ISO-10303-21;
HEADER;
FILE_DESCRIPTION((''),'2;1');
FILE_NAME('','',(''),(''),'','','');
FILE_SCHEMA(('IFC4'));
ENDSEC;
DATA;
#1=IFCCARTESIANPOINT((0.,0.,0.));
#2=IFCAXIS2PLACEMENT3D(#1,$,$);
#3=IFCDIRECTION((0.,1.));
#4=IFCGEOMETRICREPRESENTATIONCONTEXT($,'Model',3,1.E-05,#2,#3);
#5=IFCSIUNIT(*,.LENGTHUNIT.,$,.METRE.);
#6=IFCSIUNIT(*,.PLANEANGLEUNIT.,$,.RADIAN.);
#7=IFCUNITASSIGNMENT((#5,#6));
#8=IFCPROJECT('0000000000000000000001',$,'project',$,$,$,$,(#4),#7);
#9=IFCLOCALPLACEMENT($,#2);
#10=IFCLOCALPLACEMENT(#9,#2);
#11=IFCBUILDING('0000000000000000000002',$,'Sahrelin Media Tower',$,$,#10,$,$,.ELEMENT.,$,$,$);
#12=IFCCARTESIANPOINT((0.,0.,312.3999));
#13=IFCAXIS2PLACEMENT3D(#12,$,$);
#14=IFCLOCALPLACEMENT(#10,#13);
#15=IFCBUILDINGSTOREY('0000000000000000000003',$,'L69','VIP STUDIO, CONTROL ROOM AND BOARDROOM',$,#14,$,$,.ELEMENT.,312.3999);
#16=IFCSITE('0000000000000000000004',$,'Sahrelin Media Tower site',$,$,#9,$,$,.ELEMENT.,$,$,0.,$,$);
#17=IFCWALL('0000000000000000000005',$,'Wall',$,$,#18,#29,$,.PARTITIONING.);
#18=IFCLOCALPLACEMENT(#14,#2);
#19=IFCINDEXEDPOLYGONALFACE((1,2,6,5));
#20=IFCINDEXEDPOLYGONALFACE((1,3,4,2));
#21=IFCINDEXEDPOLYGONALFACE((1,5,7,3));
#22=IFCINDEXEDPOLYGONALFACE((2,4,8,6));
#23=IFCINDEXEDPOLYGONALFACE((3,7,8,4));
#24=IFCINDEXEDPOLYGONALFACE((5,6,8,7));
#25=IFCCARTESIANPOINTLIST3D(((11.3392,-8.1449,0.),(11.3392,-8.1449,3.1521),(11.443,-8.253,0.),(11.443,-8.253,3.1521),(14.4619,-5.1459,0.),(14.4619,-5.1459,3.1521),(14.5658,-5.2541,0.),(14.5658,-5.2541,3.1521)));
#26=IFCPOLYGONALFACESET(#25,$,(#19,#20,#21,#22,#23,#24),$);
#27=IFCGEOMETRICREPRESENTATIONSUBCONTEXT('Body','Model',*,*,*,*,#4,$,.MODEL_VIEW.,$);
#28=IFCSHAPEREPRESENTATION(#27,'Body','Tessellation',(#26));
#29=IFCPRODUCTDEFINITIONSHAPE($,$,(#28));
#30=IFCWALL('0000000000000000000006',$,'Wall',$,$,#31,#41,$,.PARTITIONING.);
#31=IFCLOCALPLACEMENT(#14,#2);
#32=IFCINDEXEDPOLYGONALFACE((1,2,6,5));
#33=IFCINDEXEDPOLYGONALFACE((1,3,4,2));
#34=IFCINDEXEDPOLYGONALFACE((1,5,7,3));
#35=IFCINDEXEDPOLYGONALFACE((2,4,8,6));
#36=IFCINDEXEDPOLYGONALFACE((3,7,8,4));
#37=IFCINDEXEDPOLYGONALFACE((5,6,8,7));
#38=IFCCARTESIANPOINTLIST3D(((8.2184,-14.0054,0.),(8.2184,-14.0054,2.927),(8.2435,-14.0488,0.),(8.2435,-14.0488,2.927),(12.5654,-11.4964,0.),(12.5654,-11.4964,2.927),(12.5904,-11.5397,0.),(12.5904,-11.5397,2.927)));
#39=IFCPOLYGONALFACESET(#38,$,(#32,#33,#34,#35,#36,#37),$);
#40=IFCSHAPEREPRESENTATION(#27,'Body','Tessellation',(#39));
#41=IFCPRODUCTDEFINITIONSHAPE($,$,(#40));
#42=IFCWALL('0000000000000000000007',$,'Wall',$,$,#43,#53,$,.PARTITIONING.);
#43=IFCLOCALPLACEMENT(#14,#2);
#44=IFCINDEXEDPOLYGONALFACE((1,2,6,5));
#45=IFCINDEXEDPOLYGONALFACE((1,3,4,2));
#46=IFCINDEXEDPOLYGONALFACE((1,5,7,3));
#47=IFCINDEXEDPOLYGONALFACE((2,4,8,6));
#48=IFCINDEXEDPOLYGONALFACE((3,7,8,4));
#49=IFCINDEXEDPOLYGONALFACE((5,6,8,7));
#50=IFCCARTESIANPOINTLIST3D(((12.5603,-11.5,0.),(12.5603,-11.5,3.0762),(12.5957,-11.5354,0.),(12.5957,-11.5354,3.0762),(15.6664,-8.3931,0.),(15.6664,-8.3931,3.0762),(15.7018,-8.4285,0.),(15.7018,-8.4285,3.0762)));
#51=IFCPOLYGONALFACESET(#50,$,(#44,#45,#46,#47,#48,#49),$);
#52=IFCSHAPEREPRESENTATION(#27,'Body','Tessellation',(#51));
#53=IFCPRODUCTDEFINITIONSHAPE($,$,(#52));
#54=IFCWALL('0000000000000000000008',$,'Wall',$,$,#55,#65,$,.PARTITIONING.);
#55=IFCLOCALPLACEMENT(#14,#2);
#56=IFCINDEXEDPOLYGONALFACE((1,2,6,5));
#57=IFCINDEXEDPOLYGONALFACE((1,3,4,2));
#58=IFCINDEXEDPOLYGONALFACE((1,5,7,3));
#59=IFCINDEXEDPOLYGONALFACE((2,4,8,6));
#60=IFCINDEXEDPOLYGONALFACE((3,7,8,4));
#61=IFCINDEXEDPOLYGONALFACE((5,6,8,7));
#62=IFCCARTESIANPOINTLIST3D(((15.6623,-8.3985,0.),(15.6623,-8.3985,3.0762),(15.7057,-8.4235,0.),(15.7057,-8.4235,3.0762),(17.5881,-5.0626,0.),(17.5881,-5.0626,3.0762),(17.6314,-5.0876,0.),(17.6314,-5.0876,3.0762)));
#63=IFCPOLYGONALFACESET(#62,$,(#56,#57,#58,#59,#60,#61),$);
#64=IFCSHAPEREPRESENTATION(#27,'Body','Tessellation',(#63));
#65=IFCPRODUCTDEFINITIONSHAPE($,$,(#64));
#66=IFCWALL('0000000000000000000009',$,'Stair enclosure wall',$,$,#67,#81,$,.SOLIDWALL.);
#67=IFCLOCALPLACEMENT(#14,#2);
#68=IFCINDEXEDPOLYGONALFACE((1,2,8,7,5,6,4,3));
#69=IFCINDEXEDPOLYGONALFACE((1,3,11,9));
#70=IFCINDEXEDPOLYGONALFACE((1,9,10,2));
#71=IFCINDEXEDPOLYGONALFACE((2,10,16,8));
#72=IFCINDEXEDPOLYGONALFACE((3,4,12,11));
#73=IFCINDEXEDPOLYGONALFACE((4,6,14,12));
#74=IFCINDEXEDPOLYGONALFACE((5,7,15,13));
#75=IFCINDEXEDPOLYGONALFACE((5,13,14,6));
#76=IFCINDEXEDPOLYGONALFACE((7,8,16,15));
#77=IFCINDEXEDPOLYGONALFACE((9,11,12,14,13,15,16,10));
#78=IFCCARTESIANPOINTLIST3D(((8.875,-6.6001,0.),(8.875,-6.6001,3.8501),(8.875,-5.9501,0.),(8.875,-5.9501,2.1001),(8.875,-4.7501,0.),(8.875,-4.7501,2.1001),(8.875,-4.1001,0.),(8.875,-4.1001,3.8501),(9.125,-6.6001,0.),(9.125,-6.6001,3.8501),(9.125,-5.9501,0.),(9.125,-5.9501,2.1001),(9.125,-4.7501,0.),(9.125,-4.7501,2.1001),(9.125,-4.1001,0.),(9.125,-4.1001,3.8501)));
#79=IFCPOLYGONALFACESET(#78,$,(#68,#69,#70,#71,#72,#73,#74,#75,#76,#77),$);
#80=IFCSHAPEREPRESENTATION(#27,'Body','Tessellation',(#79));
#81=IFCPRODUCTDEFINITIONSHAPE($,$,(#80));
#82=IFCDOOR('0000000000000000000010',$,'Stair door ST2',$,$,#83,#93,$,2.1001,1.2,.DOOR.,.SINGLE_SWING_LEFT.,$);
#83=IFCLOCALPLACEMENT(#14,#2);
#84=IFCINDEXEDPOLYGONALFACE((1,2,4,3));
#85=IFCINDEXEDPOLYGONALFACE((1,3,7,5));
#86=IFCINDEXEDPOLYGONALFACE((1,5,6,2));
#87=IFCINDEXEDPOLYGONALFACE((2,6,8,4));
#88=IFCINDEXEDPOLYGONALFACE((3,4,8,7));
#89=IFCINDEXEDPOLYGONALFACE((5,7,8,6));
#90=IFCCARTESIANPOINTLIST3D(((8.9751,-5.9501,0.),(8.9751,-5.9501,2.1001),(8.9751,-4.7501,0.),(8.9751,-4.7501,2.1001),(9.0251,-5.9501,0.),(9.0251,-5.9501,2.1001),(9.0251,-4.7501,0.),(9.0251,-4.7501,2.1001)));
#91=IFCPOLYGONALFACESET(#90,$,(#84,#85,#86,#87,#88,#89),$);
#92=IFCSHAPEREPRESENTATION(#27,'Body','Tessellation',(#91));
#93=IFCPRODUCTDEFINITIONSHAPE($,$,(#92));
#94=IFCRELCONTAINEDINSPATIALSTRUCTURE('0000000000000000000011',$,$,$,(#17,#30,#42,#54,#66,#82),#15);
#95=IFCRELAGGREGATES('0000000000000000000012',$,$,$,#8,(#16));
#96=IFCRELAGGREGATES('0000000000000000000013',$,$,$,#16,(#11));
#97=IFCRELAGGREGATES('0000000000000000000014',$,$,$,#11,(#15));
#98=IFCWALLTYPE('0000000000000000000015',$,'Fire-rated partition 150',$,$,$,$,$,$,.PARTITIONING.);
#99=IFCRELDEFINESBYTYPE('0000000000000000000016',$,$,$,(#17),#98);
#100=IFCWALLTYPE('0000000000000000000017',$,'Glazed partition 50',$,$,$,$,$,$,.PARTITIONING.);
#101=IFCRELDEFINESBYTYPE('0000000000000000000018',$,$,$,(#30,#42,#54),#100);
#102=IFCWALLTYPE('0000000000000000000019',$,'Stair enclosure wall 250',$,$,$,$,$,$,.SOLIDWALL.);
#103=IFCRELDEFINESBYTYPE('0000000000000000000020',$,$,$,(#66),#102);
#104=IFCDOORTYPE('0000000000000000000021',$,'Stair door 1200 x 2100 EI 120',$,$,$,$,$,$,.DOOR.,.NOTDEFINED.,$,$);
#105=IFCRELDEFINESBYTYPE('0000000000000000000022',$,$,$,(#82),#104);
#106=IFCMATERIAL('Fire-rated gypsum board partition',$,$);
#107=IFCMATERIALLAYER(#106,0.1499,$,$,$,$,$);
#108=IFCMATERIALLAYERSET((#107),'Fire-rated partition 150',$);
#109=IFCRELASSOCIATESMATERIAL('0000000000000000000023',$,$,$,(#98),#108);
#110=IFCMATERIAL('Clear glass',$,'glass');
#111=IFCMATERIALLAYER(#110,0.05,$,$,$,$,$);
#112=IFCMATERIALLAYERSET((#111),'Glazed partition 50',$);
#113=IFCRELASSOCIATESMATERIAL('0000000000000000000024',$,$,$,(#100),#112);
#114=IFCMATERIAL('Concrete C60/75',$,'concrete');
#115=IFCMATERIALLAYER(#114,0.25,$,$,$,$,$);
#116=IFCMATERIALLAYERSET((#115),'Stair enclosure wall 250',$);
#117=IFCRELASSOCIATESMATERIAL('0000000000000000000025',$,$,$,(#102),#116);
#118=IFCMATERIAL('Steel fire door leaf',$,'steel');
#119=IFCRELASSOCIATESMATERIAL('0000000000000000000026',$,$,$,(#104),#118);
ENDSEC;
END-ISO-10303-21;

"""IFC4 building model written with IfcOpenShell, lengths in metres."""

from ifc_helpers import new_model, si_unit, direction, frame, frame_2d, origin, place, context, subcontext, project, spatial, rectangle, extrude, material, layer, layer_set, type_object, element, fill, save


model = new_model("IFC4")

# Units and contexts
model_context = context("Model", 3, precision=1e-05, world=origin(), true_north=direction((0.0, 1.0)))
body_context = subcontext(model_context, "Body", "Model", "MODEL_VIEW")
ifc_project = project(units=[si_unit("LENGTHUNIT", "METRE"), si_unit("PLANEANGLEUNIT", "RADIAN")], contexts=[model_context])

# Site, building, storey
site_placement = place(None, origin())
site = spatial("IfcSite", under=ifc_project, at=site_placement, Name="Sahrelin Media Tower site", CompositionType="ELEMENT", RefElevation=0.0)
building_placement = place(site_placement, origin())
building = spatial("IfcBuilding", under=site, at=building_placement, Name="Sahrelin Media Tower", CompositionType="ELEMENT")
storey_placement = place(building_placement, frame((0.0, 0.0, 312.3999)))
storey = spatial("IfcBuildingStorey", under=building, at=storey_placement, Name="L69", Description="VIP STUDIO, CONTROL ROOM AND BOARDROOM", CompositionType="ELEMENT", Elevation=312.3999)

# Shared definitions
ifc_material_1 = material(Name="Concrete C60/75", Category="concrete")
ifc_material_2 = material(Name="Steel fire door leaf", Category="steel")

# Walls
ifc_material_3 = material(Name="Fire-rated gypsum board partition")
ifc_layer_1 = layer(ifc_material_3, 0.1499)
ifc_layer_set_1 = layer_set([ifc_layer_1], Name="Fire-rated partition 150")
wall_type_1 = type_object("IfcWallType", Name="Fire-rated partition 150", PredefinedType="PARTITIONING", material=ifc_layer_set_1)
wall_1_placement = place(storey_placement, frame((11.3911, -8.199, 0.0), z_axis=(0.0, 0.0, 1.0), x_axis=(0.721257, 0.692668, 0.0)))
element("IfcWall", 1, at=wall_1_placement, inside=storey, type_object=wall_type_1, Name="Wall", PredefinedType="PARTITIONING", context=body_context, shape_type="SweptSolid", body=[
    extrude(rectangle(XDim=4.3296, YDim=0.1499, at=frame_2d((2.1648, 0.0))), origin(), (0.0, 0.0, 1.0), 3.1521),
])
ifc_material_4 = material(Name="Clear glass", Category="glass")
ifc_layer_2 = layer(ifc_material_4, 0.05)
ifc_layer_set_2 = layer_set([ifc_layer_2], Name="Glazed partition 50")
wall_type_2 = type_object("IfcWallType", Name="Glazed partition 50", PredefinedType="PARTITIONING", material=ifc_layer_set_2)
wall_2_placement = place(storey_placement, frame((8.231, -14.0271, 0.0), z_axis=(0.0, 0.0, 1.0), x_axis=(0.866083, 0.499901, 0.0)))
element("IfcWall", 2, at=wall_2_placement, inside=storey, type_object=wall_type_2, Name="Wall", PredefinedType="PARTITIONING", context=body_context, shape_type="SweptSolid", body=[
    extrude(rectangle(XDim=5.019, YDim=0.05, at=frame_2d((2.5095, 0.0))), origin(), (0.0, 0.0, 1.0), 2.927),
])
wall_3_placement = place(storey_placement, frame((12.5779, -11.5178, 0.0), z_axis=(0.0, 0.0, 1.0), x_axis=(0.707023, 0.70719, 0.0)))
element("IfcWall", 3, at=wall_3_placement, inside=storey, type_object=wall_type_2, Name="Wall", PredefinedType="PARTITIONING", context=body_context, shape_type="SweptSolid", body=[
    extrude(rectangle(XDim=4.3933, YDim=0.05, at=frame_2d((2.1968, 0.0))), origin(), (0.0, 0.0, 1.0), 3.0762),
])
wall_4_placement = place(storey_placement, frame((15.6841, -8.4109, 0.0), z_axis=(0.0, 0.0, 1.0), x_axis=(0.499957, 0.86605, 0.0)))
element("IfcWall", 4, at=wall_4_placement, inside=storey, type_object=wall_type_2, Name="Wall", PredefinedType="PARTITIONING", context=body_context, shape_type="SweptSolid", body=[
    extrude(rectangle(XDim=3.8518, YDim=0.05, at=frame_2d((1.9258, 0.0))), origin(), (0.0, 0.0, 1.0), 3.0762),
])

# Wall, opening, door
ifc_layer_3 = layer(ifc_material_1, 0.25)
ifc_layer_set_3 = layer_set([ifc_layer_3], Name="Stair enclosure wall 250")
wall_type_3 = type_object("IfcWallType", Name="Stair enclosure wall 250", PredefinedType="SOLIDWALL", material=ifc_layer_set_3)
wall_5_placement = place(storey_placement, frame((9.0, -6.6001, 0.0), z_axis=(0.0, 0.0, 1.0), x_axis=(0.0, 1.0, 0.0)))
wall_5 = element("IfcWall", 5, at=wall_5_placement, inside=storey, type_object=wall_type_3, Name="Stair enclosure wall", PredefinedType="SOLIDWALL", context=body_context, shape_type="SweptSolid", body=[
    extrude(rectangle(XDim=2.5, YDim=0.25, at=frame_2d((1.25, 0.0))), origin(), (0.0, 0.0, 1.0), 3.8501),
])
opening_1_placement = place(wall_5_placement, frame((0.6499, 0.0, 0.0)))
opening_1 = element("IfcOpeningElement", 6, at=opening_1_placement, cuts=wall_5, PredefinedType="OPENING", context=body_context, shape_type="SweptSolid", body=[
    extrude(rectangle(XDim=1.2, YDim=2.1001, at=frame_2d((0.6001, 1.05))), frame((0.0, 0.125, 0.0), z_axis=(0.0, -1.0, 0.0), x_axis=(1.0, 0.0, 0.0)), (0.0, 0.0, 1.0), 0.25),
])
door_type_1 = type_object("IfcDoorType", Name="Stair door 1200 x 2100 EI 120", OperationType="NOTDEFINED", PredefinedType="DOOR", material=ifc_material_2)
door_1_placement = place(opening_1_placement, origin())
door_1 = element("IfcDoor", 7, at=door_1_placement, inside=storey, type_object=door_type_1, Name="Stair door ST2", OperationType="SINGLE_SWING_LEFT", OverallHeight=2.1001, OverallWidth=1.2, PredefinedType="DOOR", context=body_context, shape_type="SweptSolid", body=[
    extrude(rectangle(XDim=1.2, YDim=2.1001, at=frame_2d((0.6001, 1.05))), frame((0.0, 0.0249, 0.0), z_axis=(0.0, -1.0, 0.0), x_axis=(1.0, 0.0, 0.0)), (0.0, 0.0, 1.0), 0.05),
])
fill(opening_1, door_1)

save(model, "model.ifc")
